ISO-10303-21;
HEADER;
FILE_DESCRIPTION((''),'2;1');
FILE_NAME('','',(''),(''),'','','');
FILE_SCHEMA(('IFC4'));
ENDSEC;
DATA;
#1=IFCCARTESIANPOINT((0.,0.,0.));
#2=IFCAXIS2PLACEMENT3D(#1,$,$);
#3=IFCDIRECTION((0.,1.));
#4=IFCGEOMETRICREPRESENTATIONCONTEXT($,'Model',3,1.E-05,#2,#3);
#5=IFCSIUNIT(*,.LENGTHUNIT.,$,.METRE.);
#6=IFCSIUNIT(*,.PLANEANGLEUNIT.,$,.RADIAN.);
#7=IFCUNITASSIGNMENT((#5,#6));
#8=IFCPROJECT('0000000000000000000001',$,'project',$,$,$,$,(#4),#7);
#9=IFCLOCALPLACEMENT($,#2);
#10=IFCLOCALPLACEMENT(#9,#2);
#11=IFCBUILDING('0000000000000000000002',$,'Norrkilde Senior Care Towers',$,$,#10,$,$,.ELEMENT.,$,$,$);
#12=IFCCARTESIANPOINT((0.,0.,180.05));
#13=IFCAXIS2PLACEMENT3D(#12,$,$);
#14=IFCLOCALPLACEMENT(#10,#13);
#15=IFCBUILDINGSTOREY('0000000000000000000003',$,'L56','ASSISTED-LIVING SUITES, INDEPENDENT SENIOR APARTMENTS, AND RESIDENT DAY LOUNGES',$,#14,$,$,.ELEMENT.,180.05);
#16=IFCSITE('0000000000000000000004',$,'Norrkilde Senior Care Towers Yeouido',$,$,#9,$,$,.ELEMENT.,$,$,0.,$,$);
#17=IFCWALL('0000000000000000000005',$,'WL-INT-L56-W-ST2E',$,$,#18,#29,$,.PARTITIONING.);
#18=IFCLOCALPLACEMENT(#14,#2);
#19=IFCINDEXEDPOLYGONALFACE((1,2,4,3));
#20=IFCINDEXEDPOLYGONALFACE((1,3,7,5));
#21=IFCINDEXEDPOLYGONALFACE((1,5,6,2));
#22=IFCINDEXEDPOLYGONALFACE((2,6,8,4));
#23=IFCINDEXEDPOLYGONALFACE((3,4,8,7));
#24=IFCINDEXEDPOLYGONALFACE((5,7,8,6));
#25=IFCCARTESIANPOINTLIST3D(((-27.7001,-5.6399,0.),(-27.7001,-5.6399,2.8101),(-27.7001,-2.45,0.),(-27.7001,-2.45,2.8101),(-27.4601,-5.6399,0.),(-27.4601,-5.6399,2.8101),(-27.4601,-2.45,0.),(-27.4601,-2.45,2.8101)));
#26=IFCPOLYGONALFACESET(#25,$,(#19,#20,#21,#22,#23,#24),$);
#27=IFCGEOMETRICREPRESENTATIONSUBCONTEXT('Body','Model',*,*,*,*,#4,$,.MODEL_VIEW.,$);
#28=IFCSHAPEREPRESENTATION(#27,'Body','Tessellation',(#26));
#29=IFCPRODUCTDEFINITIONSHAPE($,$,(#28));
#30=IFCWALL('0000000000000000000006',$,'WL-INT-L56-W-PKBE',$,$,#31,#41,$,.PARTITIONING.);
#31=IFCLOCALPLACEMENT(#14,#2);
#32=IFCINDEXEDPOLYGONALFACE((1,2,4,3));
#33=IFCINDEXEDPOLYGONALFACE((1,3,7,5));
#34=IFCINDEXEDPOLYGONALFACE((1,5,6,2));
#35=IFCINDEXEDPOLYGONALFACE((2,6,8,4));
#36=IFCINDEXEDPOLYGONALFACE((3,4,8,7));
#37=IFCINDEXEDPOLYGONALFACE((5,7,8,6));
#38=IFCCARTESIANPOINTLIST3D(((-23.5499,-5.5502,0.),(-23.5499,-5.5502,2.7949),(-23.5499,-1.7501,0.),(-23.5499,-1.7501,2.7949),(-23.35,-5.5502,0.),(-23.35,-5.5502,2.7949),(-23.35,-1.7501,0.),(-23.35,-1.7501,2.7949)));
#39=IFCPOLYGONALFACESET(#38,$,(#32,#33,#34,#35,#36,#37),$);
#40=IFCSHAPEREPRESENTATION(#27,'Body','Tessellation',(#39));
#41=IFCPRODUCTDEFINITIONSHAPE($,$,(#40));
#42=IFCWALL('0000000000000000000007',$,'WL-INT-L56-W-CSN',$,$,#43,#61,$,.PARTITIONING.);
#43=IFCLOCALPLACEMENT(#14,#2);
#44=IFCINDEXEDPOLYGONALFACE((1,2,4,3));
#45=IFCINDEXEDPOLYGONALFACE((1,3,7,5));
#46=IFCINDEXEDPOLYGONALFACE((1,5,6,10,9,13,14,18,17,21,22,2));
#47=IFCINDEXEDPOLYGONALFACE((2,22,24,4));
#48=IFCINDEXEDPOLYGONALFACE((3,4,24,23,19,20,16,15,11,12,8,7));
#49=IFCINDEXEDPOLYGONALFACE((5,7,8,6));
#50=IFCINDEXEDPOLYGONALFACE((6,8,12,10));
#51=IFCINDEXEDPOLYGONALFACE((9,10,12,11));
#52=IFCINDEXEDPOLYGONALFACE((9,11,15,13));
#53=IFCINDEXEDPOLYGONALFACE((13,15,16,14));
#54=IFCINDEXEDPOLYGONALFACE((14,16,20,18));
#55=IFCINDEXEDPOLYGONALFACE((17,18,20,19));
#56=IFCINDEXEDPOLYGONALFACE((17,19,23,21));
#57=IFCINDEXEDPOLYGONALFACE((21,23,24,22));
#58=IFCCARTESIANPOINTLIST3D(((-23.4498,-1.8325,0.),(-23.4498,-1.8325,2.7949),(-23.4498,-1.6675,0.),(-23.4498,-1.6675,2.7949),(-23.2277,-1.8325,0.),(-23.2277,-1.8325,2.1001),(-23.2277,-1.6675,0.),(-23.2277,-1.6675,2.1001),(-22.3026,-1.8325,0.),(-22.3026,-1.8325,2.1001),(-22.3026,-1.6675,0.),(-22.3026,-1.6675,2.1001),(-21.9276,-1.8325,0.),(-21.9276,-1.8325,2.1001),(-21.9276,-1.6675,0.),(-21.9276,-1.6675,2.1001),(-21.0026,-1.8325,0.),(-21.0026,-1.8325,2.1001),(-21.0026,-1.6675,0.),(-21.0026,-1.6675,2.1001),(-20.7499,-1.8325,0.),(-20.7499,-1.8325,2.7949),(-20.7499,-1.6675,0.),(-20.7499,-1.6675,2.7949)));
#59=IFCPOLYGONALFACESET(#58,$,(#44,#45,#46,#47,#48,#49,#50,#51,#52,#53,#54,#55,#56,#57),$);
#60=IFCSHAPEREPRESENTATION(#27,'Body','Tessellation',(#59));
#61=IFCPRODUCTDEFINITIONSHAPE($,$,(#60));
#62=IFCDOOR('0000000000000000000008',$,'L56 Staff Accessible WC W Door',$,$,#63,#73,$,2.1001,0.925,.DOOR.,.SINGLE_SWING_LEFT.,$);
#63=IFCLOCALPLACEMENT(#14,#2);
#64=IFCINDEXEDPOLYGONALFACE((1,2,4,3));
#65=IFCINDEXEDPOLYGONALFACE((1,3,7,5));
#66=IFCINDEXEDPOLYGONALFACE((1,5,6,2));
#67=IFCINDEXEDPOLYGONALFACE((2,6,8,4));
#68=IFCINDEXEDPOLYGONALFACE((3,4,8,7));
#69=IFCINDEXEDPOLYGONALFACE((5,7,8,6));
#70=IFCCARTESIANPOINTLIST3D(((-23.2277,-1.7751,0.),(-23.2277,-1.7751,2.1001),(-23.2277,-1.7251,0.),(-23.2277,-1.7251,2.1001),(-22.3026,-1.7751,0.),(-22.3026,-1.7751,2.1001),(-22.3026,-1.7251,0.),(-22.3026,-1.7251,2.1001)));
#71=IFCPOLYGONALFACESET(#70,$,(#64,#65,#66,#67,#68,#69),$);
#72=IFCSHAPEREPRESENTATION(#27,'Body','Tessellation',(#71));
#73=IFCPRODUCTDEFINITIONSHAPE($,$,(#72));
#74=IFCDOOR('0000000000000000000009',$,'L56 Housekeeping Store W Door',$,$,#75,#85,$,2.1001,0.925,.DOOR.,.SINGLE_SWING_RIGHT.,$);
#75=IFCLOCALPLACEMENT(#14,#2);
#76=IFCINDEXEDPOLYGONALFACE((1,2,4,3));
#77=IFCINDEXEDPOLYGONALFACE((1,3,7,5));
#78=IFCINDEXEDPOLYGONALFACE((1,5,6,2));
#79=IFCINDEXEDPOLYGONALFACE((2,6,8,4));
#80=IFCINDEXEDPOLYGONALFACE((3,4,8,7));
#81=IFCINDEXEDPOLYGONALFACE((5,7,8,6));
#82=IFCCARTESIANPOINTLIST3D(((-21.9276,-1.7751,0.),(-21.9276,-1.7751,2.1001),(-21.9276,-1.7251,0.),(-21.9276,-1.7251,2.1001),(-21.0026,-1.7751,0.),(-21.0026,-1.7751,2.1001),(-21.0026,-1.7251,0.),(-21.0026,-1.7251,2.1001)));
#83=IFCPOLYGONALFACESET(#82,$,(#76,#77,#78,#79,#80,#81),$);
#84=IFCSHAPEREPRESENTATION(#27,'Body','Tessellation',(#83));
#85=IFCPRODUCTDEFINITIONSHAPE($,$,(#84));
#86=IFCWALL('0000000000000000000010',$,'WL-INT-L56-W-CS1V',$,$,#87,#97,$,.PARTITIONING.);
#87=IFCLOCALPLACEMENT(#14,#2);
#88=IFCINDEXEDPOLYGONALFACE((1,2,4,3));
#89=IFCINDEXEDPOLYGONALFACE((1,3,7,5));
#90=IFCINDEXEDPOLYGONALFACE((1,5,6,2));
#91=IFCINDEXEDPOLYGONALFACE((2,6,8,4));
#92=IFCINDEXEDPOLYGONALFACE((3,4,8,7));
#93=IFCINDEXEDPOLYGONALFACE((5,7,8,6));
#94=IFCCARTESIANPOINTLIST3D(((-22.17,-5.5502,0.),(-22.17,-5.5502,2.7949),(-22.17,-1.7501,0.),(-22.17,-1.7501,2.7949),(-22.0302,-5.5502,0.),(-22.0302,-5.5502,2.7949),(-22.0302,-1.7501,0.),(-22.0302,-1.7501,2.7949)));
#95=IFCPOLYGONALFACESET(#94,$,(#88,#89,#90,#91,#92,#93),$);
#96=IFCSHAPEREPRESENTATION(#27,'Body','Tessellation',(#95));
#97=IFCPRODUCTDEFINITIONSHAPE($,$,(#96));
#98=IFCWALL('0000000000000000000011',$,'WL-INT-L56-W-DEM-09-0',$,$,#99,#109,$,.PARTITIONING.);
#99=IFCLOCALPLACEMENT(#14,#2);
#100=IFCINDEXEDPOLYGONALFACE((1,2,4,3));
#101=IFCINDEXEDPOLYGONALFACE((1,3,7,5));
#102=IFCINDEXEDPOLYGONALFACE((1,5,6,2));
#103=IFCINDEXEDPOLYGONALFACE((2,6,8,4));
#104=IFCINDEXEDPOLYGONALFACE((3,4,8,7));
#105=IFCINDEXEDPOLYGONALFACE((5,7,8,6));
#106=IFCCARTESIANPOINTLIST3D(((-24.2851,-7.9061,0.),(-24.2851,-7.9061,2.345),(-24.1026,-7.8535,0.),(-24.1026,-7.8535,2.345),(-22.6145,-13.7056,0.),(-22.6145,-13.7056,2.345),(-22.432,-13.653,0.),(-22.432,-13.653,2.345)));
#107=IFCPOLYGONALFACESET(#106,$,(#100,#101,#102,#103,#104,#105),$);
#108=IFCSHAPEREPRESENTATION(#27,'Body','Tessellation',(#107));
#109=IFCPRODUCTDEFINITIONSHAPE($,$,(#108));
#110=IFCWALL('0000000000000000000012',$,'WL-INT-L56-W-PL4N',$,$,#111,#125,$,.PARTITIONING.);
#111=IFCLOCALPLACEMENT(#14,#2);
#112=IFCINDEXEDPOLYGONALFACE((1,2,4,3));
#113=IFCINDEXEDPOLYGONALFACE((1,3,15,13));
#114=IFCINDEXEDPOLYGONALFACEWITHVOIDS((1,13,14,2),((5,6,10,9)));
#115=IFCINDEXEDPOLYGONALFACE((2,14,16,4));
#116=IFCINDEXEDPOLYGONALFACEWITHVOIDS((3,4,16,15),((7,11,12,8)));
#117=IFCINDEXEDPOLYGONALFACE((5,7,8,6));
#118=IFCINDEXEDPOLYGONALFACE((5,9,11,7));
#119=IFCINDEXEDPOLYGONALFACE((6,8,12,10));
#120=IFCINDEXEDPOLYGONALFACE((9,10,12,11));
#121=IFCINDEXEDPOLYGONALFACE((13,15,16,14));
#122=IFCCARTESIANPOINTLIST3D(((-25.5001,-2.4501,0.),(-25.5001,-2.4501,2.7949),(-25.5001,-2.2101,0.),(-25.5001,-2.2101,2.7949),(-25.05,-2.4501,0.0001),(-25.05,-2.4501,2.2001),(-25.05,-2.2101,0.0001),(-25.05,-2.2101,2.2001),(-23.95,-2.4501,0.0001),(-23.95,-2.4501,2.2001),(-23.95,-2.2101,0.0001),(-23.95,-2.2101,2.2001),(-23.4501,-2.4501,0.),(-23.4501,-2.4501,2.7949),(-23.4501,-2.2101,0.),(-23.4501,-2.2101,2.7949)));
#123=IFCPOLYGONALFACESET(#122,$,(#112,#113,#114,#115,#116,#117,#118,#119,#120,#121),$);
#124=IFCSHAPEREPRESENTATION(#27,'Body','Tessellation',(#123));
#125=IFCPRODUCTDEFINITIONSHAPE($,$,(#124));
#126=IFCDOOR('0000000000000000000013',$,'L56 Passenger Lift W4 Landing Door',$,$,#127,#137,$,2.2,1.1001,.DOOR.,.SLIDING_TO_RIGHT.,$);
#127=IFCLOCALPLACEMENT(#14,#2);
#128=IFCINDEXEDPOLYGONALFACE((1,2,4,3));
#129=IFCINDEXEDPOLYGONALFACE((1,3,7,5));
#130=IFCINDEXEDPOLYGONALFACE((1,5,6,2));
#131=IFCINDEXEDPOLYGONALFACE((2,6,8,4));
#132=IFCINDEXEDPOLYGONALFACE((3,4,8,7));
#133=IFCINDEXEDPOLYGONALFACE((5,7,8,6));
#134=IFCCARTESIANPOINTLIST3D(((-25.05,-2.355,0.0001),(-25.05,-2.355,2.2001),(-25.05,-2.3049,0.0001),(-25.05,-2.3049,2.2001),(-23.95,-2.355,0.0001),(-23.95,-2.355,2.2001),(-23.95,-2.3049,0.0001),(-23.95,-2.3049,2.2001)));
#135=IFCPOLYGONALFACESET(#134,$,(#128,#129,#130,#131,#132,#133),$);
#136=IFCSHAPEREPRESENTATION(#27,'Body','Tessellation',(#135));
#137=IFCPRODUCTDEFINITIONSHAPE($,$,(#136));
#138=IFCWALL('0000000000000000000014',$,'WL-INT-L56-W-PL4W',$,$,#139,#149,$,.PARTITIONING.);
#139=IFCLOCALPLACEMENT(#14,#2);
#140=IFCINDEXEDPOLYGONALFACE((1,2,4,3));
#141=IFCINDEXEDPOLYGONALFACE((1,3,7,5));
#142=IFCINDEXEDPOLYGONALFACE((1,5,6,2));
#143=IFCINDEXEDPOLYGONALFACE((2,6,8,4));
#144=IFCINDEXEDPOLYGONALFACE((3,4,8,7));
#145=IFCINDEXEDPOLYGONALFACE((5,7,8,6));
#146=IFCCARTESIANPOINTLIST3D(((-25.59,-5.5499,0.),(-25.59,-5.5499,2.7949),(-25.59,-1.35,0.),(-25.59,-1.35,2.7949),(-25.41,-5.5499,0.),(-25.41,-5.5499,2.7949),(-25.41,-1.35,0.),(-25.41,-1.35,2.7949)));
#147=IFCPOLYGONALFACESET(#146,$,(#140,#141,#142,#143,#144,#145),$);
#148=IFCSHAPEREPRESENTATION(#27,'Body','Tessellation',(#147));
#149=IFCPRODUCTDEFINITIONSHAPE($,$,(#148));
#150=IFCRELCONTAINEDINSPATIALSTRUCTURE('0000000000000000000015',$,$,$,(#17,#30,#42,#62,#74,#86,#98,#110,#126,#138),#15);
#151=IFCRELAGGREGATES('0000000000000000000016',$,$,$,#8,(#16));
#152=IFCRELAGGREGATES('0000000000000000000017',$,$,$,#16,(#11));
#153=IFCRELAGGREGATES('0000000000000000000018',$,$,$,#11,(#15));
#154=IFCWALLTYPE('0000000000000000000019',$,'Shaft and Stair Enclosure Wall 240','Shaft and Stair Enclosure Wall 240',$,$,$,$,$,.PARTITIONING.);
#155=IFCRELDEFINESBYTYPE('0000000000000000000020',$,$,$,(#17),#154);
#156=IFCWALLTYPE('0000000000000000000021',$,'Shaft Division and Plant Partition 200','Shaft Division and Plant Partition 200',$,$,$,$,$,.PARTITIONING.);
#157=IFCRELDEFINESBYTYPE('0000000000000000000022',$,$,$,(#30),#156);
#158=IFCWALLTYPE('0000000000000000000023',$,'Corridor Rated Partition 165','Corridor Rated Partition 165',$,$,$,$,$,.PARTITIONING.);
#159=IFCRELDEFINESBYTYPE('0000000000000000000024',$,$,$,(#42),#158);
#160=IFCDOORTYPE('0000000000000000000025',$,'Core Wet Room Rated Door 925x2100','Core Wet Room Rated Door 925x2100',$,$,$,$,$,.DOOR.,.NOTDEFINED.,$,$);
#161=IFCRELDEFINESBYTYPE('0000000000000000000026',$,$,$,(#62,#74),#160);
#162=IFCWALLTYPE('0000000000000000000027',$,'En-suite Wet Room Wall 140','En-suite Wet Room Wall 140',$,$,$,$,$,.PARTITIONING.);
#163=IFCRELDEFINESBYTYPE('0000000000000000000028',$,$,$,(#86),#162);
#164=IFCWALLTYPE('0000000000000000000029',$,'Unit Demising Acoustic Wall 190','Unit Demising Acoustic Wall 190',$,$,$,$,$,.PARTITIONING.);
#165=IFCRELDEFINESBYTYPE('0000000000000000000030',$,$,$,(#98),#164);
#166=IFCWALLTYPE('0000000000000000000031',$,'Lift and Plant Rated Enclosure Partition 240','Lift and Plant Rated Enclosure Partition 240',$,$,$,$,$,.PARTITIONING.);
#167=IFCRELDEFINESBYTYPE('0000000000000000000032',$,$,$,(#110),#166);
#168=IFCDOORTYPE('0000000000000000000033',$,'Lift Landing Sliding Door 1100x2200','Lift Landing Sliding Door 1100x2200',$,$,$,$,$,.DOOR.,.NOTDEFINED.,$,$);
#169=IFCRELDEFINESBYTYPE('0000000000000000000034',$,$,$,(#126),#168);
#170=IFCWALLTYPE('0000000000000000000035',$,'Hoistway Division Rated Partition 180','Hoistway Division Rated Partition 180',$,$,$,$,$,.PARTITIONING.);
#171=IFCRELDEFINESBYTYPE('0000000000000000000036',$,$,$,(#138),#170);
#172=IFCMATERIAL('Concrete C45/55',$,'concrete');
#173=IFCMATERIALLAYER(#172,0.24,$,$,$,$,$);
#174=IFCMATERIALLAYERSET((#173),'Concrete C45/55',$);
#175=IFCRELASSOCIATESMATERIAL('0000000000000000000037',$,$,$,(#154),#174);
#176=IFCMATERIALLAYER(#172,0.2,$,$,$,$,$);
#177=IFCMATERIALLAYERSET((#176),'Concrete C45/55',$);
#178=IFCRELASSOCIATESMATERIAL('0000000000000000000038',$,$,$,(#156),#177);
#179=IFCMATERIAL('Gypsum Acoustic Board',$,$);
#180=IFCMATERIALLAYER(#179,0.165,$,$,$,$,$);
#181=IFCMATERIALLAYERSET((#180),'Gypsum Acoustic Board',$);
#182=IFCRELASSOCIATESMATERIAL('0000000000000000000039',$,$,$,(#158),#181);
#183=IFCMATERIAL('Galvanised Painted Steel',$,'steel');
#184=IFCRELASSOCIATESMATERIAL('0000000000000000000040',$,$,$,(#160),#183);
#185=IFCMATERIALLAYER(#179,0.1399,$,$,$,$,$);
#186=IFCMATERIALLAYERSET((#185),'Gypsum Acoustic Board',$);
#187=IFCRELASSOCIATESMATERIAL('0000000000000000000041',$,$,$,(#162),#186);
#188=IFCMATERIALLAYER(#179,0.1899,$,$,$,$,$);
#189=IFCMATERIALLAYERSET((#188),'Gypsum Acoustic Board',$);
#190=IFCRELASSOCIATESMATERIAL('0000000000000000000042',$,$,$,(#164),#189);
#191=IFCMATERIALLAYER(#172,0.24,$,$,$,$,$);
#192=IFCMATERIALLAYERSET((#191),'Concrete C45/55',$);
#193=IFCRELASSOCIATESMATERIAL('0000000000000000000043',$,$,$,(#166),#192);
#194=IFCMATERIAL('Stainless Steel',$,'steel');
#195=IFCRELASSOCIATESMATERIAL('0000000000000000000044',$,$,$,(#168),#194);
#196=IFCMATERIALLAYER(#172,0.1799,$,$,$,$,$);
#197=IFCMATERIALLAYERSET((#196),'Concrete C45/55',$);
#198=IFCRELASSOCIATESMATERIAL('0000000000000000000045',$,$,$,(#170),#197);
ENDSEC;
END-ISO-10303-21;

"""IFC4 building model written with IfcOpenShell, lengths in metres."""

from ifc_helpers import new_model, si_unit, direction, frame, frame_2d, origin, place, context, subcontext, project, spatial, rectangle, extrude, source, transform, mapped, material, layer, layer_set, type_object, type_shapes, element, fill, save


model = new_model("IFC4")

# Units and contexts
model_context = context("Model", 3, precision=1e-05, world=origin(), true_north=direction((0.0, 1.0)))
body_context = subcontext(model_context, "Body", "Model", "MODEL_VIEW")
ifc_project = project(units=[si_unit("LENGTHUNIT", "METRE"), si_unit("PLANEANGLEUNIT", "RADIAN")], contexts=[model_context])

# Site, building, storey
site_placement = place(None, origin())
site = spatial("IfcSite", under=ifc_project, at=site_placement, Name="Norrkilde Senior Care Towers Yeouido", CompositionType="ELEMENT", RefElevation=0.0)
building_placement = place(site_placement, origin())
building = spatial("IfcBuilding", under=site, at=building_placement, Name="Norrkilde Senior Care Towers", CompositionType="ELEMENT")
storey_placement = place(building_placement, frame((0.0, 0.0, 180.05)))
storey = spatial("IfcBuildingStorey", under=building, at=storey_placement, Name="L56", Description="ASSISTED-LIVING SUITES, INDEPENDENT SENIOR APARTMENTS, AND RESIDENT DAY LOUNGES", CompositionType="ELEMENT", Elevation=180.05)

# Walls
ifc_material_1 = material(Name="Concrete C45/55", Category="concrete")
ifc_layer_1 = layer(ifc_material_1, 0.24)
ifc_layer_set_1 = layer_set([ifc_layer_1], Name="Concrete C45/55")
wall_type_1 = type_object("IfcWallType", Name="Shaft and Stair Enclosure Wall 240", Description="Shaft and Stair Enclosure Wall 240", PredefinedType="PARTITIONING", material=ifc_layer_set_1)
shared_shape_1 = source(origin(), body_context, "Body", "SweptSolid", [
    extrude(rectangle(XDim=3.1899, YDim=0.24, at=frame_2d((1.595, 0.0))), origin(), (0.0, 0.0, 1.0), 2.8101),
])
type_shapes(wall_type_1, [shared_shape_1])
wall_1_placement = place(storey_placement, frame((-27.5801, -5.6399, 0.0), z_axis=(0.0, 0.0, 1.0), x_axis=(0.0, 1.0, 0.0)))
element("IfcWall", 1, at=wall_1_placement, inside=storey, type_object=wall_type_1, Name="WL-INT-L56-W-ST2E", PredefinedType="PARTITIONING", context=body_context, shape_type="MappedRepresentation", body=[
    mapped(shared_shape_1, transform((0.0, 0.0, 0.0), x_axis=(1.0, 0.0, 0.0), y_axis=(0.0, 1.0, 0.0), z_axis=(0.0, 0.0, 1.0), scale=1.0)),
])
ifc_layer_2 = layer(ifc_material_1, 0.2)
ifc_layer_set_2 = layer_set([ifc_layer_2], Name="Concrete C45/55")
wall_type_2 = type_object("IfcWallType", Name="Shaft Division and Plant Partition 200", Description="Shaft Division and Plant Partition 200", PredefinedType="PARTITIONING", material=ifc_layer_set_2)
shared_shape_2 = source(origin(), body_context, "Body", "SweptSolid", [
    extrude(rectangle(XDim=3.8, YDim=0.2, at=frame_2d((1.8999, 0.0))), origin(), (0.0, 0.0, 1.0), 2.7949),
])
type_shapes(wall_type_2, [shared_shape_2])
wall_2_placement = place(storey_placement, frame((-23.45, -5.55, 0.0), z_axis=(0.0, 0.0, 1.0), x_axis=(0.0, 1.0, 0.0)))
element("IfcWall", 2, at=wall_2_placement, inside=storey, type_object=wall_type_2, Name="WL-INT-L56-W-PKBE", PredefinedType="PARTITIONING", context=body_context, shape_type="MappedRepresentation", body=[
    mapped(shared_shape_2, transform((0.0, 0.0, 0.0), x_axis=(1.0, 0.0, 0.0), y_axis=(0.0, 1.0, 0.0), z_axis=(0.0, 0.0, 1.0), scale=1.0)),
])

# Wall, openings, doors
ifc_material_2 = material(Name="Gypsum Acoustic Board")
ifc_layer_3 = layer(ifc_material_2, 0.165)
ifc_layer_set_3 = layer_set([ifc_layer_3], Name="Gypsum Acoustic Board")
wall_type_3 = type_object("IfcWallType", Name="Corridor Rated Partition 165", Description="Corridor Rated Partition 165", PredefinedType="PARTITIONING", material=ifc_layer_set_3)
shared_shape_3 = source(origin(), body_context, "Body", "SweptSolid", [
    extrude(rectangle(XDim=2.7, YDim=0.165, at=frame_2d((1.3501, 0.0))), origin(), (0.0, 0.0, 1.0), 2.7949),
])
wall_3_placement = place(storey_placement, frame((-23.45, -1.75, 0.0), z_axis=(0.0, 0.0, 1.0), x_axis=(1.0, 0.0, 0.0)))
wall_3 = element("IfcWall", 3, at=wall_3_placement, inside=storey, type_object=wall_type_3, Name="WL-INT-L56-W-CSN", PredefinedType="PARTITIONING", context=body_context, shape_type="MappedRepresentation", body=[
    mapped(shared_shape_3, transform((0.0, 0.0, 0.0), x_axis=(1.0, 0.0, 0.0), y_axis=(0.0, 1.0, 0.0), z_axis=(0.0, 0.0, 1.0), scale=1.0)),
])
opening_1_placement = place(wall_3_placement, frame((0.2224, 0.0, 0.0)))
opening_1 = element("IfcOpeningElement", 4, at=opening_1_placement, cuts=wall_3, PredefinedType="OPENING", context=body_context, shape_type="SweptSolid", body=[
    extrude(rectangle(XDim=0.925, YDim=2.1001, at=frame_2d((0.4624, 1.05))), frame((0.0, 0.0925, 0.0), z_axis=(0.0, -1.0, 0.0), x_axis=(1.0, 0.0, 0.0)), (0.0, 0.0, 1.0), 0.1851),
])
opening_2_placement = place(wall_3_placement, frame((1.5225, 0.0, 0.0)))
opening_2 = element("IfcOpeningElement", 5, at=opening_2_placement, cuts=wall_3, PredefinedType="OPENING", context=body_context, shape_type="SweptSolid", body=[
    extrude(rectangle(XDim=0.925, YDim=2.1001, at=frame_2d((0.4624, 1.05))), frame((0.0, 0.0925, 0.0), z_axis=(0.0, -1.0, 0.0), x_axis=(1.0, 0.0, 0.0)), (0.0, 0.0, 1.0), 0.1851),
])
ifc_material_3 = material(Name="Galvanised Painted Steel", Category="steel")
door_type_1 = type_object("IfcDoorType", Name="Core Wet Room Rated Door 925x2100", Description="Core Wet Room Rated Door 925x2100", OperationType="NOTDEFINED", PredefinedType="DOOR", material=ifc_material_3)
shared_shape_4 = source(origin(), body_context, "Body", "SweptSolid", [
    extrude(rectangle(XDim=0.925, YDim=2.1001, at=frame_2d((0.4624, 1.05))), frame((0.0, 0.0249, 0.0), z_axis=(0.0, -1.0, 0.0), x_axis=(1.0, 0.0, 0.0)), (0.0, 0.0, 1.0), 0.05),
])
type_shapes(door_type_1, [shared_shape_4])
door_1_placement = place(opening_1_placement, origin())
door_1 = element("IfcDoor", 6, at=door_1_placement, inside=storey, type_object=door_type_1, Name="L56 Staff Accessible WC W Door", OperationType="SINGLE_SWING_LEFT", OverallHeight=2.1001, OverallWidth=0.925, PredefinedType="DOOR", context=body_context, shape_type="MappedRepresentation", body=[
    mapped(shared_shape_4, transform((0.0, 0.0, 0.0), x_axis=(1.0, 0.0, 0.0), y_axis=(0.0, 1.0, 0.0), z_axis=(0.0, 0.0, 1.0), scale=1.0)),
])
fill(opening_1, door_1)
door_2_placement = place(opening_2_placement, origin())
door_2 = element("IfcDoor", 7, at=door_2_placement, inside=storey, type_object=door_type_1, Name="L56 Housekeeping Store W Door", OperationType="SINGLE_SWING_RIGHT", OverallHeight=2.1001, OverallWidth=0.925, PredefinedType="DOOR", context=body_context, shape_type="MappedRepresentation", body=[
    mapped(shared_shape_4, transform((0.0, 0.0, 0.0), x_axis=(1.0, 0.0, 0.0), y_axis=(0.0, 1.0, 0.0), z_axis=(0.0, 0.0, 1.0), scale=1.0)),
])
fill(opening_2, door_2)

# Walls
ifc_layer_4 = layer(ifc_material_2, 0.1399)
ifc_layer_set_4 = layer_set([ifc_layer_4], Name="Gypsum Acoustic Board")
wall_type_4 = type_object("IfcWallType", Name="En-suite Wet Room Wall 140", Description="En-suite Wet Room Wall 140", PredefinedType="PARTITIONING", material=ifc_layer_set_4)
shared_shape_5 = source(origin(), body_context, "Body", "SweptSolid", [
    extrude(rectangle(XDim=3.8, YDim=0.1399, at=frame_2d((1.8999, 0.0))), origin(), (0.0, 0.0, 1.0), 2.7949),
])
wall_4_placement = place(storey_placement, frame((-22.1001, -5.55, 0.0), z_axis=(0.0, 0.0, 1.0), x_axis=(0.0, 1.0, 0.0)))
element("IfcWall", 8, at=wall_4_placement, inside=storey, type_object=wall_type_4, Name="WL-INT-L56-W-CS1V", PredefinedType="PARTITIONING", context=body_context, shape_type="MappedRepresentation", body=[
    mapped(shared_shape_5, transform((0.0, 0.0, 0.0), x_axis=(1.0, 0.0, 0.0), y_axis=(0.0, 1.0, 0.0), z_axis=(0.0, 0.0, 1.0), scale=1.0)),
])
ifc_layer_5 = layer(ifc_material_2, 0.1899)
ifc_layer_set_5 = layer_set([ifc_layer_5], Name="Gypsum Acoustic Board")
wall_type_5 = type_object("IfcWallType", Name="Unit Demising Acoustic Wall 190", Description="Unit Demising Acoustic Wall 190", PredefinedType="PARTITIONING", material=ifc_layer_set_5)
shared_shape_6 = source(origin(), body_context, "Body", "SweptSolid", [
    extrude(rectangle(XDim=6.0354, YDim=0.1899, at=frame_2d((3.0176, 0.0))), origin(), (0.0, 0.0, 1.0), 2.345),
])
type_shapes(wall_type_5, [shared_shape_6])
wall_5_placement = place(storey_placement, frame((-24.1938, -7.8799, 0.0), z_axis=(0.0, 0.0, 1.0), x_axis=(0.276809, -0.960925, 0.0)))
element("IfcWall", 9, at=wall_5_placement, inside=storey, type_object=wall_type_5, Name="WL-INT-L56-W-DEM-09-0", PredefinedType="PARTITIONING", context=body_context, shape_type="MappedRepresentation", body=[
    mapped(shared_shape_6, transform((0.0, 0.0, 0.0), x_axis=(1.0, 0.0, 0.0), y_axis=(0.0, 1.0, 0.0), z_axis=(0.0, 0.0, 1.0), scale=1.0)),
])

# Wall, opening, door
ifc_layer_6 = layer(ifc_material_1, 0.24)
ifc_layer_set_6 = layer_set([ifc_layer_6], Name="Concrete C45/55")
wall_type_6 = type_object("IfcWallType", Name="Lift and Plant Rated Enclosure Partition 240", Description="Lift and Plant Rated Enclosure Partition 240", PredefinedType="PARTITIONING", material=ifc_layer_set_6)
shared_shape_7 = source(origin(), body_context, "Body", "SweptSolid", [
    extrude(rectangle(XDim=2.05, YDim=0.24, at=frame_2d((1.0249, 0.0))), origin(), (0.0, 0.0, 1.0), 2.7949),
])
type_shapes(wall_type_6, [shared_shape_7])
wall_6_placement = place(storey_placement, frame((-25.5, -2.3301, 0.0), z_axis=(0.0, 0.0, 1.0), x_axis=(1.0, 0.0, 0.0)))
wall_6 = element("IfcWall", 10, at=wall_6_placement, inside=storey, type_object=wall_type_6, Name="WL-INT-L56-W-PL4N", PredefinedType="PARTITIONING", context=body_context, shape_type="MappedRepresentation", body=[
    mapped(shared_shape_7, transform((0.0, 0.0, 0.0), x_axis=(1.0, 0.0, 0.0), y_axis=(0.0, 1.0, 0.0), z_axis=(0.0, 0.0, 1.0), scale=1.0)),
])
opening_3_placement = place(wall_6_placement, frame((0.45, 0.0, 0.0)))
opening_3 = element("IfcOpeningElement", 11, at=opening_3_placement, cuts=wall_6, PredefinedType="OPENING", context=body_context, shape_type="SweptSolid", body=[
    extrude(rectangle(XDim=1.1001, YDim=2.2, at=frame_2d((0.55, 1.1001))), frame((0.0, 0.1299, 0.0), z_axis=(0.0, -1.0, 0.0), x_axis=(1.0, 0.0, 0.0)), (0.0, 0.0, 1.0), 0.26),
])
ifc_material_4 = material(Name="Stainless Steel", Category="steel")
door_type_2 = type_object("IfcDoorType", Name="Lift Landing Sliding Door 1100x2200", Description="Lift Landing Sliding Door 1100x2200", OperationType="NOTDEFINED", PredefinedType="DOOR", material=ifc_material_4)
shared_shape_8 = source(origin(), body_context, "Body", "SweptSolid", [
    extrude(rectangle(XDim=1.1001, YDim=2.2, at=frame_2d((0.55, 1.1001))), frame((0.0, 0.0249, 0.0), z_axis=(0.0, -1.0, 0.0), x_axis=(1.0, 0.0, 0.0)), (0.0, 0.0, 1.0), 0.05),
])
type_shapes(door_type_2, [shared_shape_8])
door_3_placement = place(opening_3_placement, frame((1.1001, 0.0, 0.0), z_axis=(0.0, 0.0, 1.0), x_axis=(-1.0, 0.0, 0.0)))
door_3 = element("IfcDoor", 12, at=door_3_placement, inside=storey, type_object=door_type_2, Name="L56 Passenger Lift W4 Landing Door", OperationType="SLIDING_TO_RIGHT", OverallHeight=2.2, OverallWidth=1.1001, PredefinedType="DOOR", context=body_context, shape_type="MappedRepresentation", body=[
    mapped(shared_shape_8, transform((0.0, 0.0, 0.0), x_axis=(1.0, 0.0, 0.0), y_axis=(0.0, 1.0, 0.0), z_axis=(0.0, 0.0, 1.0), scale=1.0)),
])
fill(opening_3, door_3)

# Wall
ifc_layer_7 = layer(ifc_material_1, 0.1799)
ifc_layer_set_7 = layer_set([ifc_layer_7], Name="Concrete C45/55")
wall_type_7 = type_object("IfcWallType", Name="Hoistway Division Rated Partition 180", Description="Hoistway Division Rated Partition 180", PredefinedType="PARTITIONING", material=ifc_layer_set_7)
shared_shape_9 = source(origin(), body_context, "Body", "SweptSolid", [
    extrude(rectangle(XDim=4.2, YDim=0.1799, at=frame_2d((2.1001, 0.0))), origin(), (0.0, 0.0, 1.0), 2.7949),
])
type_shapes(wall_type_7, [shared_shape_9])
wall_7_placement = place(storey_placement, frame((-25.5, -5.55, 0.0), z_axis=(0.0, 0.0, 1.0), x_axis=(0.0, 1.0, 0.0)))
element("IfcWall", 13, at=wall_7_placement, inside=storey, type_object=wall_type_7, Name="WL-INT-L56-W-PL4W", PredefinedType="PARTITIONING", context=body_context, shape_type="MappedRepresentation", body=[
    mapped(shared_shape_9, transform((0.0, 0.0, 0.0), x_axis=(1.0, 0.0, 0.0), y_axis=(0.0, 1.0, 0.0), z_axis=(0.0, 0.0, 1.0), scale=1.0)),
])

save(model, "model.ifc")
